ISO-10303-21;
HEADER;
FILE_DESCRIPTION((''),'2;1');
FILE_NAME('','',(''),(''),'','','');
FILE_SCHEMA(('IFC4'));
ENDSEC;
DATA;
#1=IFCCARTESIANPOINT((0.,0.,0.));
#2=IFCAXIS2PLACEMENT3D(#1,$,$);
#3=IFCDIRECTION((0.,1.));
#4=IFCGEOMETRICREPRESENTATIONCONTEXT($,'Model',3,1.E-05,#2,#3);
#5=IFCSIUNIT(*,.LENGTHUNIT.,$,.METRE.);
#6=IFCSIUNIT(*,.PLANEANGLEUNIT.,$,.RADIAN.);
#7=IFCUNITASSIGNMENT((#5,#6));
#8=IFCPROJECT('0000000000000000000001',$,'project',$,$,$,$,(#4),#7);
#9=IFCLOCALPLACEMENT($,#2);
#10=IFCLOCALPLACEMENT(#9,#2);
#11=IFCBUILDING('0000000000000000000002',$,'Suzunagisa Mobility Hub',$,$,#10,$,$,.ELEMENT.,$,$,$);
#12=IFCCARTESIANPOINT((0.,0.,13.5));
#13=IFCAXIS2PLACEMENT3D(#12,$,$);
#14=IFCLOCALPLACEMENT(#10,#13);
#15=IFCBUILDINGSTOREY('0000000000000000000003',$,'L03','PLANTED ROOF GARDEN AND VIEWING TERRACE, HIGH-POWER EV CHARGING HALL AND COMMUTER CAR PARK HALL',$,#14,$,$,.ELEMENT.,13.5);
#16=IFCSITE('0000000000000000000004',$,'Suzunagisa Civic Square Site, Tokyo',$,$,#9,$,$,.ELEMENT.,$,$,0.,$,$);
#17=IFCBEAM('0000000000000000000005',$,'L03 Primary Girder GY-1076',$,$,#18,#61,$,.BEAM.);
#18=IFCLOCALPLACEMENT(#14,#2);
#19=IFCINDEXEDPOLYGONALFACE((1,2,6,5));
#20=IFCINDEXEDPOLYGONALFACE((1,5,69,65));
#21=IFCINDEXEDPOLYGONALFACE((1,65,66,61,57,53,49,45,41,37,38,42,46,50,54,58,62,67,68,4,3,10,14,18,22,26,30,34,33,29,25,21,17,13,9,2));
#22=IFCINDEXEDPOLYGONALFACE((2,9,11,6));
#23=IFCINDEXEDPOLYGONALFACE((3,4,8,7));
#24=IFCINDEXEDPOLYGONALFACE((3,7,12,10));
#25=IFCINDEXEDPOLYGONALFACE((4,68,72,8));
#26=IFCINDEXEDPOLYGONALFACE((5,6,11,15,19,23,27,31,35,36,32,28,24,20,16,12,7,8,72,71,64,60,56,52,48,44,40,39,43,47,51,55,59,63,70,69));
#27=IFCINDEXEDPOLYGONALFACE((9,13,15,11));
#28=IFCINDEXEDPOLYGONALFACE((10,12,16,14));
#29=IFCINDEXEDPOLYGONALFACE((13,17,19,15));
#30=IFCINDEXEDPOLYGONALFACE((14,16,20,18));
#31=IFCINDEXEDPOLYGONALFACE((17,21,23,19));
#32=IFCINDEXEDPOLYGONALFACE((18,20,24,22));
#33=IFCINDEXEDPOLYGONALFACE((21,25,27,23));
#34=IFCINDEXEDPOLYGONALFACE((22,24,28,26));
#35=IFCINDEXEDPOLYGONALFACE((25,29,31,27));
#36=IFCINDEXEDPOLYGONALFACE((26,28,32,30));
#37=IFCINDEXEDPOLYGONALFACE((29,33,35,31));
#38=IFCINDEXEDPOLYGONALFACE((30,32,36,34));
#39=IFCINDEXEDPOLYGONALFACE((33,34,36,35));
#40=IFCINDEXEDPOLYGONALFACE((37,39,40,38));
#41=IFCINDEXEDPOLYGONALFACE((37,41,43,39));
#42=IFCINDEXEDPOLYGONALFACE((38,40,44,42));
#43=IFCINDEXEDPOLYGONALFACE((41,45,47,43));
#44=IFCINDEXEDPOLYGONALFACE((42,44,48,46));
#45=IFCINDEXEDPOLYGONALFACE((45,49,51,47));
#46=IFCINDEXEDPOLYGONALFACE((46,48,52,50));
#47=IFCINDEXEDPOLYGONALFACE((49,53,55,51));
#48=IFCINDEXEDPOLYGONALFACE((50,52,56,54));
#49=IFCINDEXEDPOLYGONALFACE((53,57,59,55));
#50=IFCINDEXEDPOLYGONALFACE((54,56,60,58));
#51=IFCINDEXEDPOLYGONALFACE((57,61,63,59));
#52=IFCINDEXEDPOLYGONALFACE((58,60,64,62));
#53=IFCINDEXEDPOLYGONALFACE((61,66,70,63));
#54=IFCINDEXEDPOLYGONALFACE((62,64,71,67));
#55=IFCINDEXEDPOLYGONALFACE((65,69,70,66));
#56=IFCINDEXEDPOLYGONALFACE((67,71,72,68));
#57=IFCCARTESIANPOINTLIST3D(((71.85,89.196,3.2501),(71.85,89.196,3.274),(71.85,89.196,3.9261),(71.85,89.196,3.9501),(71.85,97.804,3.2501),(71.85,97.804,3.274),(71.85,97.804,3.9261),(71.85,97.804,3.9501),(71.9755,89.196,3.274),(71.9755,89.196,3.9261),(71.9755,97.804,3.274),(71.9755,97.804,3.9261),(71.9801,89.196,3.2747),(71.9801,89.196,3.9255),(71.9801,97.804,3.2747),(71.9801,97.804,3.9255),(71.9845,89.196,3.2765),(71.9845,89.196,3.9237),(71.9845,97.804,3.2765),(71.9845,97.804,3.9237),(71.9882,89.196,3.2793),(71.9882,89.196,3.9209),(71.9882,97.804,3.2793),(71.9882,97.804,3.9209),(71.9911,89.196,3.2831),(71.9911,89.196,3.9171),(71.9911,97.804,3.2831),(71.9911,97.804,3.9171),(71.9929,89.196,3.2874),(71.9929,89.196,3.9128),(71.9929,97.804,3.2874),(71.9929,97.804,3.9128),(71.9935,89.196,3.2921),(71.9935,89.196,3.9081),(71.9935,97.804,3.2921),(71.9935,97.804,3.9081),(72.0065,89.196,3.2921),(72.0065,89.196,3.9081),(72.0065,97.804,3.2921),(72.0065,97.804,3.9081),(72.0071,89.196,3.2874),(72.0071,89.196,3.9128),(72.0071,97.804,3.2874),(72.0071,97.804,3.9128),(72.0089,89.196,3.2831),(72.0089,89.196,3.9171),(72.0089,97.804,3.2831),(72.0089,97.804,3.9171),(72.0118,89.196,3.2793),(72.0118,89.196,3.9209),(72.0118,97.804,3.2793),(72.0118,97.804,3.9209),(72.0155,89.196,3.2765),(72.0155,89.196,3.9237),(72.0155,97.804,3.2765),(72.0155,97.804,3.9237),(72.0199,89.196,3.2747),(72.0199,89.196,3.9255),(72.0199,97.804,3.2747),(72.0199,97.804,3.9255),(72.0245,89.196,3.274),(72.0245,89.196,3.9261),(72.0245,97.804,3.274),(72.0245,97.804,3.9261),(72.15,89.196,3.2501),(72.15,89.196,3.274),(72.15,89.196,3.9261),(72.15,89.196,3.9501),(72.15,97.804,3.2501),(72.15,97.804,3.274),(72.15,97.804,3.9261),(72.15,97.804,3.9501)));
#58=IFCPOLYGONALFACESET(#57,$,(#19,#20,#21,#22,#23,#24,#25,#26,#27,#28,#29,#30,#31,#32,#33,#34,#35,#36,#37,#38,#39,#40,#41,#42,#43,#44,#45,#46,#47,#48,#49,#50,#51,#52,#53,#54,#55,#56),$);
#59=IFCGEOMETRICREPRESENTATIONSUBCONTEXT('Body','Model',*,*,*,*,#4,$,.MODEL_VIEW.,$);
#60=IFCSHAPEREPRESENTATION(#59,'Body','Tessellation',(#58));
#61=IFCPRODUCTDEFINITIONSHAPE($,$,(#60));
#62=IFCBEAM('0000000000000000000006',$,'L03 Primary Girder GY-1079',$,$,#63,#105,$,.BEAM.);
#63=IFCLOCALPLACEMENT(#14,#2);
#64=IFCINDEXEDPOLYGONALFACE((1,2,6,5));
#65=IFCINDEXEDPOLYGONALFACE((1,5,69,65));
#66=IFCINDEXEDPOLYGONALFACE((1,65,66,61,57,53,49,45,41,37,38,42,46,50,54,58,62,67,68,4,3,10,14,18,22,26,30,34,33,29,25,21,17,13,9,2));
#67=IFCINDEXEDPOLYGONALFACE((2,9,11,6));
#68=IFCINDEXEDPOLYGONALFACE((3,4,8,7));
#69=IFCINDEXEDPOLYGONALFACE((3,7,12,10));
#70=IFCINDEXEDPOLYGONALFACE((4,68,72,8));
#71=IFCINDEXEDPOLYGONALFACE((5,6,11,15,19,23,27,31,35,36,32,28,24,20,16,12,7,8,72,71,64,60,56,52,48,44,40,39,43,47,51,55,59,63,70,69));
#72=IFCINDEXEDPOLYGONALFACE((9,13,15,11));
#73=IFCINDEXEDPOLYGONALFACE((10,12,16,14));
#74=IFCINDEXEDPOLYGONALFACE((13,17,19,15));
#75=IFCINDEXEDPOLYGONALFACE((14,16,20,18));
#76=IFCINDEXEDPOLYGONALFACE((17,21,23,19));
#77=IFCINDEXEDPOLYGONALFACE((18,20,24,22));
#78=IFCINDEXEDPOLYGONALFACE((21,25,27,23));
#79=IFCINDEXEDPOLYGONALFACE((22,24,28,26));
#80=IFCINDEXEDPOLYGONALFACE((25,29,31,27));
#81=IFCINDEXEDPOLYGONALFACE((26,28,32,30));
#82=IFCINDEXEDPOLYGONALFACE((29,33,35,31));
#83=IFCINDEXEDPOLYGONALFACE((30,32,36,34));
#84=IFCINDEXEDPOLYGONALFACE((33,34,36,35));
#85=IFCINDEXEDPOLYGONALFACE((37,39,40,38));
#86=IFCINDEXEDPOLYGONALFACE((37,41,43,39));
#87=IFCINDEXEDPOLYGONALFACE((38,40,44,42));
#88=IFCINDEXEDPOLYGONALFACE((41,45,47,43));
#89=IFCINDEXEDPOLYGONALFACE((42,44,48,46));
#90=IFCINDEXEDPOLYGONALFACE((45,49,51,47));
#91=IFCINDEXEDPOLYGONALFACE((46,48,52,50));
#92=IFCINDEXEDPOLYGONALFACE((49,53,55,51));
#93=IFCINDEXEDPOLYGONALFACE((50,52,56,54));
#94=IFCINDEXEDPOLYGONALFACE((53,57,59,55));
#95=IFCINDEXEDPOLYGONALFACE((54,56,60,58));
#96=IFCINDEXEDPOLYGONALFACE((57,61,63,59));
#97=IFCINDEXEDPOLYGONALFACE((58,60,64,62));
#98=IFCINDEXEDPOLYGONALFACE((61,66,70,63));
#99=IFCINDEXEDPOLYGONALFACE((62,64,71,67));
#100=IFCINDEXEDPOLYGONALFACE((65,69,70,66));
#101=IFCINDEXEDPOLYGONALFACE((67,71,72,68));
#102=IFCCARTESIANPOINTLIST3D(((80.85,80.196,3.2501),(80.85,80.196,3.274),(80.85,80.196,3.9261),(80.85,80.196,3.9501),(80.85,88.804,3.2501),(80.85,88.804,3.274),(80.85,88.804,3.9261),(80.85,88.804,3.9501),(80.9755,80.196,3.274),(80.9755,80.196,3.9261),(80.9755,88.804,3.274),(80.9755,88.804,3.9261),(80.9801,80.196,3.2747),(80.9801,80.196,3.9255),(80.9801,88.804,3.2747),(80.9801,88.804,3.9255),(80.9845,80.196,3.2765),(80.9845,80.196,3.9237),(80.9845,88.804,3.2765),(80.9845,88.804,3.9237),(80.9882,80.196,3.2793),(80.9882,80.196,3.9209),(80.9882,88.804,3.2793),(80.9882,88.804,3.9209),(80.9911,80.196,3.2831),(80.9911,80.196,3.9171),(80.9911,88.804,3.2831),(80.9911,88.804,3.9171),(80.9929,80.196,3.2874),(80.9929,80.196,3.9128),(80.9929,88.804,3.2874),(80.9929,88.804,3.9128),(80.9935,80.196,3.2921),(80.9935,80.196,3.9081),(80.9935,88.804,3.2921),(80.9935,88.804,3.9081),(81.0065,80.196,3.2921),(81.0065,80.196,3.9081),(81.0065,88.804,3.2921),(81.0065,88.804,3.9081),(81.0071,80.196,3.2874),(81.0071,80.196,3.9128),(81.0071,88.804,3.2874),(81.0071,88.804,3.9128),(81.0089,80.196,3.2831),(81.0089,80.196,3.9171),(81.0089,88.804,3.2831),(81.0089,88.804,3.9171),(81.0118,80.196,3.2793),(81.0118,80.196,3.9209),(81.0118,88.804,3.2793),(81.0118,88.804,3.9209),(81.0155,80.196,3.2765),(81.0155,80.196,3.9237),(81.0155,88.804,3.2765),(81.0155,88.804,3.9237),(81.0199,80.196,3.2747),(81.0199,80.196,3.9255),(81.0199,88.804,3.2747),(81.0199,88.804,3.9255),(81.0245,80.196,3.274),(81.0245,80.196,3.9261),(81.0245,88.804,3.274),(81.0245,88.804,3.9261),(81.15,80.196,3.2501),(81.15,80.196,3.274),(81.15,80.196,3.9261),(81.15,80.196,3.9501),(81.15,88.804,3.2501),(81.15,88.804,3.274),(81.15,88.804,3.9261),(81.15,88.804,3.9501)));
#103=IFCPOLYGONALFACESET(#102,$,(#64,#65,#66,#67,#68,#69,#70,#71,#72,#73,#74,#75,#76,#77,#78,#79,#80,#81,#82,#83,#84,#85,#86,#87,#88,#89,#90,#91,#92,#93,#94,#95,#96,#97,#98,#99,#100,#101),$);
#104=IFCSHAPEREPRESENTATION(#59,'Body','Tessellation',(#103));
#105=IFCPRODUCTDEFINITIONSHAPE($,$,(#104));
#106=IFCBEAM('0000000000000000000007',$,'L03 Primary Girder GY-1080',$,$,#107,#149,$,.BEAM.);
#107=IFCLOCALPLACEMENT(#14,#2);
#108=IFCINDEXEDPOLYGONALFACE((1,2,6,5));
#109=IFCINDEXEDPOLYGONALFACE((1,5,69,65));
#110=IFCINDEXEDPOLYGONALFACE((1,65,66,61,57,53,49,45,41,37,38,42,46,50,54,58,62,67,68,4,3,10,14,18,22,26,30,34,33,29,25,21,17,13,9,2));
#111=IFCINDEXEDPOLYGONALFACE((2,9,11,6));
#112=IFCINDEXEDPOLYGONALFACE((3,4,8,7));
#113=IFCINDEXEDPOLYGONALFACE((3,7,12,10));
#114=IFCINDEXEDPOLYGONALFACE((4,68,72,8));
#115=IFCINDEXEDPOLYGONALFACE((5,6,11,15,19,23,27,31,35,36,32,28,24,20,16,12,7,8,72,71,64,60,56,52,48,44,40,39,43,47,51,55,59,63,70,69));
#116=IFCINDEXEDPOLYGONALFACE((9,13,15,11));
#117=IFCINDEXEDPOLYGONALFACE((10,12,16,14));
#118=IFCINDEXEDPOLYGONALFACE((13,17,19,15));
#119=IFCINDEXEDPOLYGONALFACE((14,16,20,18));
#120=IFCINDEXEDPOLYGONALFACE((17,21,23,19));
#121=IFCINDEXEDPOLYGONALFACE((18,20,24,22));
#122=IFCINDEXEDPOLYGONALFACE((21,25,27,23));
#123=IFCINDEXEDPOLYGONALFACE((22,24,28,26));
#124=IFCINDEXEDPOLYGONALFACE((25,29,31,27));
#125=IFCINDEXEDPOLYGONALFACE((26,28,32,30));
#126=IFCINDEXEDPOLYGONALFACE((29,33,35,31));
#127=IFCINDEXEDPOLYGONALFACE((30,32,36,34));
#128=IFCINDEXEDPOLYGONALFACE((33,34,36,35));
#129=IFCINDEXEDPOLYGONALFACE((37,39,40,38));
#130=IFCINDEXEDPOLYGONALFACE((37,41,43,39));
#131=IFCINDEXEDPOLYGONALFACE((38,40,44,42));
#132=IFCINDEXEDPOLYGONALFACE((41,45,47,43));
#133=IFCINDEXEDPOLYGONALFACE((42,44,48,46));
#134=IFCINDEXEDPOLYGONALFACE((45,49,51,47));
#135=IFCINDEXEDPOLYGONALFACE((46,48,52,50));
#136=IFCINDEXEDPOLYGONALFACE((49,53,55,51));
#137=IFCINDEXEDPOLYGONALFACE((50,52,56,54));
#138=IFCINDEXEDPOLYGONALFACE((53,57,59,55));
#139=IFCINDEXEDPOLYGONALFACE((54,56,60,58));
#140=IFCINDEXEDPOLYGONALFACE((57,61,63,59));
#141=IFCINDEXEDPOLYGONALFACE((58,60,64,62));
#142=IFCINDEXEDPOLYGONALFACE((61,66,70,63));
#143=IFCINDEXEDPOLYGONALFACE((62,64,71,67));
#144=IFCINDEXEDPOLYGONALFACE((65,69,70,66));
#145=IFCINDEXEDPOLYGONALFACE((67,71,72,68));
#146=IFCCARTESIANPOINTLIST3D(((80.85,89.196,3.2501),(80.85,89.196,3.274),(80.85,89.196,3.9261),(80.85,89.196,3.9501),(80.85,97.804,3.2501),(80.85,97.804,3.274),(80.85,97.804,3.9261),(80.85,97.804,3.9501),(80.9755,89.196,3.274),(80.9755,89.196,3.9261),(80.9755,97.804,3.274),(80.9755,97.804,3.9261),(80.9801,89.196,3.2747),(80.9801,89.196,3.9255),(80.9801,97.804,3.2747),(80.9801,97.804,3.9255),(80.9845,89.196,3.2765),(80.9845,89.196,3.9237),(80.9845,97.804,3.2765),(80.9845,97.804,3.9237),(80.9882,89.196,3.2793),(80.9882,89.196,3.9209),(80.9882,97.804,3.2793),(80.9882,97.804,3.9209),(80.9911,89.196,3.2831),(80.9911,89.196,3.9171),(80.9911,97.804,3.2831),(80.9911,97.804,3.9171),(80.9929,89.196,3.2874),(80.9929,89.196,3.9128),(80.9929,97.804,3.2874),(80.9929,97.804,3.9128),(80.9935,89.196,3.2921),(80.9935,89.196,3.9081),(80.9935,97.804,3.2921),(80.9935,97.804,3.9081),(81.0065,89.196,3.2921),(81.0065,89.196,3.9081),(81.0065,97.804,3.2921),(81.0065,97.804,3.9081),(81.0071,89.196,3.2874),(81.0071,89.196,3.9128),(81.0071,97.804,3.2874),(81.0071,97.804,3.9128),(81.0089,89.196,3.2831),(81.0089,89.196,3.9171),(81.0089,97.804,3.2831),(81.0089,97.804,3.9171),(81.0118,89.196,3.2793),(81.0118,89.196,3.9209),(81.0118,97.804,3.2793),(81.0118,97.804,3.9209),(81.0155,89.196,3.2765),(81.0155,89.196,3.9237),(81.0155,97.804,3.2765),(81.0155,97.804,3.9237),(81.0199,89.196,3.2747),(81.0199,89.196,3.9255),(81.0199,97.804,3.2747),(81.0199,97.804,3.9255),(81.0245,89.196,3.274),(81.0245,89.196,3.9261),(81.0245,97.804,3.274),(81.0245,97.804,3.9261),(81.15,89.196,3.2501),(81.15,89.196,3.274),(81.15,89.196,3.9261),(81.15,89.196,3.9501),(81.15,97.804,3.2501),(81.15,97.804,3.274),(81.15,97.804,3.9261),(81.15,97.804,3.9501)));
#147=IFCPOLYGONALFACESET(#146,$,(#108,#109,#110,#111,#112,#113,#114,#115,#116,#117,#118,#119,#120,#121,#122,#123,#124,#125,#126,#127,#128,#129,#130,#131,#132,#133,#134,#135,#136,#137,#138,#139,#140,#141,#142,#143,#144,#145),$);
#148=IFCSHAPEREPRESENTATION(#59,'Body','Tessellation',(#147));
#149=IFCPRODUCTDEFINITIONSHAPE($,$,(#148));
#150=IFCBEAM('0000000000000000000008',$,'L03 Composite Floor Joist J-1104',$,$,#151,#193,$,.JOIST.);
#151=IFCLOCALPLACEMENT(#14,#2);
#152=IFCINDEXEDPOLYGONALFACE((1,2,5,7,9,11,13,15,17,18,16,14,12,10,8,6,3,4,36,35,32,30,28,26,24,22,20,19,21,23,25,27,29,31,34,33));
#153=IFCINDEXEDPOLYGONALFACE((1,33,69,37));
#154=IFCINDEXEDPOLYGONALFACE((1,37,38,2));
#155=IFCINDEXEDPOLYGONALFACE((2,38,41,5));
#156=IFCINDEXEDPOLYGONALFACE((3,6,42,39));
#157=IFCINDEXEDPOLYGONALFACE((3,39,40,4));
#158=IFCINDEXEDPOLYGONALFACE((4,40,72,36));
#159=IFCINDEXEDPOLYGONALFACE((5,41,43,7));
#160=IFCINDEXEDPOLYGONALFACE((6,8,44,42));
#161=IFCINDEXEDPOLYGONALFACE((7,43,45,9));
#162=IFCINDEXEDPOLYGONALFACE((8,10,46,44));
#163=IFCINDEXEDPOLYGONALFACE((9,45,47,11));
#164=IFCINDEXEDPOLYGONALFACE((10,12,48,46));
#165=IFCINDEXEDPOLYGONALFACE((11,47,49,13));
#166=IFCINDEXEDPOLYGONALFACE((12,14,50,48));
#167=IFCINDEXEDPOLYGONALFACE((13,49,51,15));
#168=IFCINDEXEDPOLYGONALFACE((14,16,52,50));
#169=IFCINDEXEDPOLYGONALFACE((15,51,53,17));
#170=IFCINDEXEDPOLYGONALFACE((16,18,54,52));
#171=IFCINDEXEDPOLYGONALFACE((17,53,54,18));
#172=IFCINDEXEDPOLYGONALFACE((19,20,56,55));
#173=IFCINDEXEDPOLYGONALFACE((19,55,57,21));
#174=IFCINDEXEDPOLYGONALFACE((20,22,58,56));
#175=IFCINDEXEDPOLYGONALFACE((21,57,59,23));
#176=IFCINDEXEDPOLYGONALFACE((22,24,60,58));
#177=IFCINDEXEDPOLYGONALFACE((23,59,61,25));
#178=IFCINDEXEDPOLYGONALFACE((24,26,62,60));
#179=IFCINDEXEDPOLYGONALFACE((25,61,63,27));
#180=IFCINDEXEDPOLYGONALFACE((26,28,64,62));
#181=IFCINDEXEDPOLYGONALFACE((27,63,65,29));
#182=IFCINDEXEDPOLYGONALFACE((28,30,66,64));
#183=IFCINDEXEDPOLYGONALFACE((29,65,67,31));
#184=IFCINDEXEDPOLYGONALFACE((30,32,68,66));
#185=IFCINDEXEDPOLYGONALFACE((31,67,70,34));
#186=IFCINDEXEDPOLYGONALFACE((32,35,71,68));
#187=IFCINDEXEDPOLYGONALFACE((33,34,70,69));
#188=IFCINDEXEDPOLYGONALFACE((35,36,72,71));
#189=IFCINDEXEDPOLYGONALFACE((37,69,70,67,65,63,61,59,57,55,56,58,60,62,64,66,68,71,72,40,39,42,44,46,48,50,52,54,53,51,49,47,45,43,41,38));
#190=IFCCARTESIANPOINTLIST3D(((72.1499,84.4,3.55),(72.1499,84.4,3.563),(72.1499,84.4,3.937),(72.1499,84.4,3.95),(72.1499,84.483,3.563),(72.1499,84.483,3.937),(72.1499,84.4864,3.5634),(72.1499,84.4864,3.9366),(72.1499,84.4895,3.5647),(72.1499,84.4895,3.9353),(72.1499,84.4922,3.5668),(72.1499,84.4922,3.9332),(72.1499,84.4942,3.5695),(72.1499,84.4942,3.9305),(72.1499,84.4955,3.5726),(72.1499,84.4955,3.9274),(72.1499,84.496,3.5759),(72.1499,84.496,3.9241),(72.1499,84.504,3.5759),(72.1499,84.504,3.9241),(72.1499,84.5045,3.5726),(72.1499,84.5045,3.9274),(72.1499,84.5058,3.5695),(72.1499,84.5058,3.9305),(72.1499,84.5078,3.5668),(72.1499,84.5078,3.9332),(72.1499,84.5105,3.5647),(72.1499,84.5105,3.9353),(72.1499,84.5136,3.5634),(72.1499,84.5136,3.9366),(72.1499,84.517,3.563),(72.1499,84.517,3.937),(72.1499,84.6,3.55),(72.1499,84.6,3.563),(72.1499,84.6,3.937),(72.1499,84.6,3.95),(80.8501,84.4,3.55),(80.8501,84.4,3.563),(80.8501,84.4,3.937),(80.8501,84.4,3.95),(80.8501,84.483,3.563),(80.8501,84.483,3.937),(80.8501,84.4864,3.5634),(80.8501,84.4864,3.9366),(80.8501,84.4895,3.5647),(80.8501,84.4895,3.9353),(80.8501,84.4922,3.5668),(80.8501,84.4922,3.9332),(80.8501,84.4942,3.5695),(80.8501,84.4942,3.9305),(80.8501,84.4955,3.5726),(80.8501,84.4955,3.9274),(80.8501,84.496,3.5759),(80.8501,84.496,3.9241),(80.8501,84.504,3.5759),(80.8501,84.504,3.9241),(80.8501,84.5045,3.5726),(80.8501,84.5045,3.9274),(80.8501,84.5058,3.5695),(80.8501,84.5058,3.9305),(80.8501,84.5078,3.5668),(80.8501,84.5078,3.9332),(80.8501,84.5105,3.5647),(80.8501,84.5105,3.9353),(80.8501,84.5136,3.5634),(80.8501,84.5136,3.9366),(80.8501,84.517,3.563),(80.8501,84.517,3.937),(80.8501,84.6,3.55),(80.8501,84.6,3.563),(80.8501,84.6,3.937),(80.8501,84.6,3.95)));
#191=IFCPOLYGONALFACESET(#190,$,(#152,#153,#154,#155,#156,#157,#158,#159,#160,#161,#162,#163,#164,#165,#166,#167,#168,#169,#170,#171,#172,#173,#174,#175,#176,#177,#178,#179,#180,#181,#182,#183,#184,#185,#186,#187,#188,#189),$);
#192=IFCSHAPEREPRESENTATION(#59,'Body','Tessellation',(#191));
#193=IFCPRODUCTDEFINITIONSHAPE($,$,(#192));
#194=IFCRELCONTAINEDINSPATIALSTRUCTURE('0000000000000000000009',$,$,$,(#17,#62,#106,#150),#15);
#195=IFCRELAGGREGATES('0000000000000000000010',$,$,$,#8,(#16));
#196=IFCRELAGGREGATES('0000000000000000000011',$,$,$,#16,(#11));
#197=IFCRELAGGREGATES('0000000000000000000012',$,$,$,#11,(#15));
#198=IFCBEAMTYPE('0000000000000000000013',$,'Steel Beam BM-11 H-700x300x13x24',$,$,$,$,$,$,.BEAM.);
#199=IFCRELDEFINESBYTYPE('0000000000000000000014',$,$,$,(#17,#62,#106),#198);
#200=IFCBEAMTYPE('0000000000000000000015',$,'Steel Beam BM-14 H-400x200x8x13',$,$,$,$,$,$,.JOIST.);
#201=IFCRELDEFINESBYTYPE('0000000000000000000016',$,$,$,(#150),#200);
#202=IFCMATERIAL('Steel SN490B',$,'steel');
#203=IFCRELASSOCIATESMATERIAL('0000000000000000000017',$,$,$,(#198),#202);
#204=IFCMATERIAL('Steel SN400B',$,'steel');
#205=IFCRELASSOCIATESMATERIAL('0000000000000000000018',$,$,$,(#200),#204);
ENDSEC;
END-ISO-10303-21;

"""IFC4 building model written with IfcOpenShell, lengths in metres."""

from ifc_helpers import new_model, si_unit, direction, frame, origin, origin_2d, place, context, subcontext, project, spatial, i_section, extrude, material, material_profile, profile_set, type_object, element, save


model = new_model("IFC4")

# Units and contexts
model_context = context("Model", 3, precision=1e-05, world=origin(), true_north=direction((0.0, 1.0)))
body_context = subcontext(model_context, "Body", "Model", "MODEL_VIEW")
ifc_project = project(units=[si_unit("LENGTHUNIT", "METRE"), si_unit("PLANEANGLEUNIT", "RADIAN")], contexts=[model_context])

# Site, building, storey
site_placement = place(None, origin())
site = spatial("IfcSite", under=ifc_project, at=site_placement, Name="Suzunagisa Civic Square Site, Tokyo", CompositionType="ELEMENT", RefElevation=0.0)
building_placement = place(site_placement, origin())
building = spatial("IfcBuilding", under=site, at=building_placement, Name="Suzunagisa Mobility Hub", CompositionType="ELEMENT")
storey_placement = place(building_placement, frame((0.0, 0.0, 13.5)))
storey = spatial("IfcBuildingStorey", under=building, at=storey_placement, Name="L03", Description="PLANTED ROOF GARDEN AND VIEWING TERRACE, HIGH-POWER EV CHARGING HALL AND COMMUTER CAR PARK HALL", CompositionType="ELEMENT", Elevation=13.5)

# Shared definitions
ifc_material_1 = material(Name="Steel SN490B", Category="steel")

# Beams
ifc_material_profile_1 = material_profile(ifc_material_1, i_section(OverallWidth=0.3, OverallDepth=0.7, WebThickness=0.0129, FlangeThickness=0.0239, FilletRadius=0.0181, at=origin_2d()), Name="H-700x300x13x24")
ifc_profile_set_1 = profile_set([ifc_material_profile_1], Name="Steel SN490B")
beam_type_1 = type_object("IfcBeamType", Name="Steel Beam BM-11 H-700x300x13x24", PredefinedType="BEAM", material=ifc_profile_set_1)
for number, where, z_axis, x_axis, name in (
    (1, (72.0, 89.196, 3.6001), (0.0, 1.0, 0.0), (-1.0, 0.0, 0.0), "L03 Primary Girder GY-1076"),
    (2, (81.0, 80.196, 3.6001), (0.0, 1.0, 0.0), (-1.0, 0.0, 0.0), "L03 Primary Girder GY-1079"),
    (3, (81.0, 89.196, 3.6001), (0.0, 1.0, 0.0), (-1.0, 0.0, 0.0), "L03 Primary Girder GY-1080"),
):
    element("IfcBeam", number, at=place(storey_placement, frame(where, z_axis=z_axis, x_axis=x_axis)), inside=storey, type_object=beam_type_1, Name=name, PredefinedType="BEAM", context=body_context, shape_type="SweptSolid", body=[
        extrude(i_section(OverallWidth=0.3, OverallDepth=0.7, WebThickness=0.0129, FlangeThickness=0.0239, FilletRadius=0.0181, at=origin_2d()), origin(), (0.0, 0.0, 1.0), 8.6079),
    ])
ifc_material_2 = material(Name="Steel SN400B", Category="steel")
ifc_material_profile_2 = material_profile(ifc_material_2, i_section(OverallWidth=0.2, OverallDepth=0.3999, WebThickness=0.0081, FlangeThickness=0.0129, FilletRadius=0.0129, at=origin_2d()), Name="H-400x200x8x13")
ifc_profile_set_2 = profile_set([ifc_material_profile_2], Name="Steel SN400B")
beam_type_2 = type_object("IfcBeamType", Name="Steel Beam BM-14 H-400x200x8x13", PredefinedType="JOIST", material=ifc_profile_set_2)
for number, where, z_axis, x_axis, name in (
    (4, (72.1499, 84.5, 3.75), (1.0, 0.0, 0.0), (0.0, 1.0, 0.0), "L03 Composite Floor Joist J-1104"),
):
    element("IfcBeam", number, at=place(storey_placement, frame(where, z_axis=z_axis, x_axis=x_axis)), inside=storey, type_object=beam_type_2, Name=name, PredefinedType="JOIST", context=body_context, shape_type="SweptSolid", body=[
        extrude(i_section(OverallWidth=0.2, OverallDepth=0.3999, WebThickness=0.0081, FlangeThickness=0.0129, FilletRadius=0.0129, at=origin_2d()), origin(), (0.0, 0.0, 1.0), 8.7002),
    ])

save(model, "model.ifc")
